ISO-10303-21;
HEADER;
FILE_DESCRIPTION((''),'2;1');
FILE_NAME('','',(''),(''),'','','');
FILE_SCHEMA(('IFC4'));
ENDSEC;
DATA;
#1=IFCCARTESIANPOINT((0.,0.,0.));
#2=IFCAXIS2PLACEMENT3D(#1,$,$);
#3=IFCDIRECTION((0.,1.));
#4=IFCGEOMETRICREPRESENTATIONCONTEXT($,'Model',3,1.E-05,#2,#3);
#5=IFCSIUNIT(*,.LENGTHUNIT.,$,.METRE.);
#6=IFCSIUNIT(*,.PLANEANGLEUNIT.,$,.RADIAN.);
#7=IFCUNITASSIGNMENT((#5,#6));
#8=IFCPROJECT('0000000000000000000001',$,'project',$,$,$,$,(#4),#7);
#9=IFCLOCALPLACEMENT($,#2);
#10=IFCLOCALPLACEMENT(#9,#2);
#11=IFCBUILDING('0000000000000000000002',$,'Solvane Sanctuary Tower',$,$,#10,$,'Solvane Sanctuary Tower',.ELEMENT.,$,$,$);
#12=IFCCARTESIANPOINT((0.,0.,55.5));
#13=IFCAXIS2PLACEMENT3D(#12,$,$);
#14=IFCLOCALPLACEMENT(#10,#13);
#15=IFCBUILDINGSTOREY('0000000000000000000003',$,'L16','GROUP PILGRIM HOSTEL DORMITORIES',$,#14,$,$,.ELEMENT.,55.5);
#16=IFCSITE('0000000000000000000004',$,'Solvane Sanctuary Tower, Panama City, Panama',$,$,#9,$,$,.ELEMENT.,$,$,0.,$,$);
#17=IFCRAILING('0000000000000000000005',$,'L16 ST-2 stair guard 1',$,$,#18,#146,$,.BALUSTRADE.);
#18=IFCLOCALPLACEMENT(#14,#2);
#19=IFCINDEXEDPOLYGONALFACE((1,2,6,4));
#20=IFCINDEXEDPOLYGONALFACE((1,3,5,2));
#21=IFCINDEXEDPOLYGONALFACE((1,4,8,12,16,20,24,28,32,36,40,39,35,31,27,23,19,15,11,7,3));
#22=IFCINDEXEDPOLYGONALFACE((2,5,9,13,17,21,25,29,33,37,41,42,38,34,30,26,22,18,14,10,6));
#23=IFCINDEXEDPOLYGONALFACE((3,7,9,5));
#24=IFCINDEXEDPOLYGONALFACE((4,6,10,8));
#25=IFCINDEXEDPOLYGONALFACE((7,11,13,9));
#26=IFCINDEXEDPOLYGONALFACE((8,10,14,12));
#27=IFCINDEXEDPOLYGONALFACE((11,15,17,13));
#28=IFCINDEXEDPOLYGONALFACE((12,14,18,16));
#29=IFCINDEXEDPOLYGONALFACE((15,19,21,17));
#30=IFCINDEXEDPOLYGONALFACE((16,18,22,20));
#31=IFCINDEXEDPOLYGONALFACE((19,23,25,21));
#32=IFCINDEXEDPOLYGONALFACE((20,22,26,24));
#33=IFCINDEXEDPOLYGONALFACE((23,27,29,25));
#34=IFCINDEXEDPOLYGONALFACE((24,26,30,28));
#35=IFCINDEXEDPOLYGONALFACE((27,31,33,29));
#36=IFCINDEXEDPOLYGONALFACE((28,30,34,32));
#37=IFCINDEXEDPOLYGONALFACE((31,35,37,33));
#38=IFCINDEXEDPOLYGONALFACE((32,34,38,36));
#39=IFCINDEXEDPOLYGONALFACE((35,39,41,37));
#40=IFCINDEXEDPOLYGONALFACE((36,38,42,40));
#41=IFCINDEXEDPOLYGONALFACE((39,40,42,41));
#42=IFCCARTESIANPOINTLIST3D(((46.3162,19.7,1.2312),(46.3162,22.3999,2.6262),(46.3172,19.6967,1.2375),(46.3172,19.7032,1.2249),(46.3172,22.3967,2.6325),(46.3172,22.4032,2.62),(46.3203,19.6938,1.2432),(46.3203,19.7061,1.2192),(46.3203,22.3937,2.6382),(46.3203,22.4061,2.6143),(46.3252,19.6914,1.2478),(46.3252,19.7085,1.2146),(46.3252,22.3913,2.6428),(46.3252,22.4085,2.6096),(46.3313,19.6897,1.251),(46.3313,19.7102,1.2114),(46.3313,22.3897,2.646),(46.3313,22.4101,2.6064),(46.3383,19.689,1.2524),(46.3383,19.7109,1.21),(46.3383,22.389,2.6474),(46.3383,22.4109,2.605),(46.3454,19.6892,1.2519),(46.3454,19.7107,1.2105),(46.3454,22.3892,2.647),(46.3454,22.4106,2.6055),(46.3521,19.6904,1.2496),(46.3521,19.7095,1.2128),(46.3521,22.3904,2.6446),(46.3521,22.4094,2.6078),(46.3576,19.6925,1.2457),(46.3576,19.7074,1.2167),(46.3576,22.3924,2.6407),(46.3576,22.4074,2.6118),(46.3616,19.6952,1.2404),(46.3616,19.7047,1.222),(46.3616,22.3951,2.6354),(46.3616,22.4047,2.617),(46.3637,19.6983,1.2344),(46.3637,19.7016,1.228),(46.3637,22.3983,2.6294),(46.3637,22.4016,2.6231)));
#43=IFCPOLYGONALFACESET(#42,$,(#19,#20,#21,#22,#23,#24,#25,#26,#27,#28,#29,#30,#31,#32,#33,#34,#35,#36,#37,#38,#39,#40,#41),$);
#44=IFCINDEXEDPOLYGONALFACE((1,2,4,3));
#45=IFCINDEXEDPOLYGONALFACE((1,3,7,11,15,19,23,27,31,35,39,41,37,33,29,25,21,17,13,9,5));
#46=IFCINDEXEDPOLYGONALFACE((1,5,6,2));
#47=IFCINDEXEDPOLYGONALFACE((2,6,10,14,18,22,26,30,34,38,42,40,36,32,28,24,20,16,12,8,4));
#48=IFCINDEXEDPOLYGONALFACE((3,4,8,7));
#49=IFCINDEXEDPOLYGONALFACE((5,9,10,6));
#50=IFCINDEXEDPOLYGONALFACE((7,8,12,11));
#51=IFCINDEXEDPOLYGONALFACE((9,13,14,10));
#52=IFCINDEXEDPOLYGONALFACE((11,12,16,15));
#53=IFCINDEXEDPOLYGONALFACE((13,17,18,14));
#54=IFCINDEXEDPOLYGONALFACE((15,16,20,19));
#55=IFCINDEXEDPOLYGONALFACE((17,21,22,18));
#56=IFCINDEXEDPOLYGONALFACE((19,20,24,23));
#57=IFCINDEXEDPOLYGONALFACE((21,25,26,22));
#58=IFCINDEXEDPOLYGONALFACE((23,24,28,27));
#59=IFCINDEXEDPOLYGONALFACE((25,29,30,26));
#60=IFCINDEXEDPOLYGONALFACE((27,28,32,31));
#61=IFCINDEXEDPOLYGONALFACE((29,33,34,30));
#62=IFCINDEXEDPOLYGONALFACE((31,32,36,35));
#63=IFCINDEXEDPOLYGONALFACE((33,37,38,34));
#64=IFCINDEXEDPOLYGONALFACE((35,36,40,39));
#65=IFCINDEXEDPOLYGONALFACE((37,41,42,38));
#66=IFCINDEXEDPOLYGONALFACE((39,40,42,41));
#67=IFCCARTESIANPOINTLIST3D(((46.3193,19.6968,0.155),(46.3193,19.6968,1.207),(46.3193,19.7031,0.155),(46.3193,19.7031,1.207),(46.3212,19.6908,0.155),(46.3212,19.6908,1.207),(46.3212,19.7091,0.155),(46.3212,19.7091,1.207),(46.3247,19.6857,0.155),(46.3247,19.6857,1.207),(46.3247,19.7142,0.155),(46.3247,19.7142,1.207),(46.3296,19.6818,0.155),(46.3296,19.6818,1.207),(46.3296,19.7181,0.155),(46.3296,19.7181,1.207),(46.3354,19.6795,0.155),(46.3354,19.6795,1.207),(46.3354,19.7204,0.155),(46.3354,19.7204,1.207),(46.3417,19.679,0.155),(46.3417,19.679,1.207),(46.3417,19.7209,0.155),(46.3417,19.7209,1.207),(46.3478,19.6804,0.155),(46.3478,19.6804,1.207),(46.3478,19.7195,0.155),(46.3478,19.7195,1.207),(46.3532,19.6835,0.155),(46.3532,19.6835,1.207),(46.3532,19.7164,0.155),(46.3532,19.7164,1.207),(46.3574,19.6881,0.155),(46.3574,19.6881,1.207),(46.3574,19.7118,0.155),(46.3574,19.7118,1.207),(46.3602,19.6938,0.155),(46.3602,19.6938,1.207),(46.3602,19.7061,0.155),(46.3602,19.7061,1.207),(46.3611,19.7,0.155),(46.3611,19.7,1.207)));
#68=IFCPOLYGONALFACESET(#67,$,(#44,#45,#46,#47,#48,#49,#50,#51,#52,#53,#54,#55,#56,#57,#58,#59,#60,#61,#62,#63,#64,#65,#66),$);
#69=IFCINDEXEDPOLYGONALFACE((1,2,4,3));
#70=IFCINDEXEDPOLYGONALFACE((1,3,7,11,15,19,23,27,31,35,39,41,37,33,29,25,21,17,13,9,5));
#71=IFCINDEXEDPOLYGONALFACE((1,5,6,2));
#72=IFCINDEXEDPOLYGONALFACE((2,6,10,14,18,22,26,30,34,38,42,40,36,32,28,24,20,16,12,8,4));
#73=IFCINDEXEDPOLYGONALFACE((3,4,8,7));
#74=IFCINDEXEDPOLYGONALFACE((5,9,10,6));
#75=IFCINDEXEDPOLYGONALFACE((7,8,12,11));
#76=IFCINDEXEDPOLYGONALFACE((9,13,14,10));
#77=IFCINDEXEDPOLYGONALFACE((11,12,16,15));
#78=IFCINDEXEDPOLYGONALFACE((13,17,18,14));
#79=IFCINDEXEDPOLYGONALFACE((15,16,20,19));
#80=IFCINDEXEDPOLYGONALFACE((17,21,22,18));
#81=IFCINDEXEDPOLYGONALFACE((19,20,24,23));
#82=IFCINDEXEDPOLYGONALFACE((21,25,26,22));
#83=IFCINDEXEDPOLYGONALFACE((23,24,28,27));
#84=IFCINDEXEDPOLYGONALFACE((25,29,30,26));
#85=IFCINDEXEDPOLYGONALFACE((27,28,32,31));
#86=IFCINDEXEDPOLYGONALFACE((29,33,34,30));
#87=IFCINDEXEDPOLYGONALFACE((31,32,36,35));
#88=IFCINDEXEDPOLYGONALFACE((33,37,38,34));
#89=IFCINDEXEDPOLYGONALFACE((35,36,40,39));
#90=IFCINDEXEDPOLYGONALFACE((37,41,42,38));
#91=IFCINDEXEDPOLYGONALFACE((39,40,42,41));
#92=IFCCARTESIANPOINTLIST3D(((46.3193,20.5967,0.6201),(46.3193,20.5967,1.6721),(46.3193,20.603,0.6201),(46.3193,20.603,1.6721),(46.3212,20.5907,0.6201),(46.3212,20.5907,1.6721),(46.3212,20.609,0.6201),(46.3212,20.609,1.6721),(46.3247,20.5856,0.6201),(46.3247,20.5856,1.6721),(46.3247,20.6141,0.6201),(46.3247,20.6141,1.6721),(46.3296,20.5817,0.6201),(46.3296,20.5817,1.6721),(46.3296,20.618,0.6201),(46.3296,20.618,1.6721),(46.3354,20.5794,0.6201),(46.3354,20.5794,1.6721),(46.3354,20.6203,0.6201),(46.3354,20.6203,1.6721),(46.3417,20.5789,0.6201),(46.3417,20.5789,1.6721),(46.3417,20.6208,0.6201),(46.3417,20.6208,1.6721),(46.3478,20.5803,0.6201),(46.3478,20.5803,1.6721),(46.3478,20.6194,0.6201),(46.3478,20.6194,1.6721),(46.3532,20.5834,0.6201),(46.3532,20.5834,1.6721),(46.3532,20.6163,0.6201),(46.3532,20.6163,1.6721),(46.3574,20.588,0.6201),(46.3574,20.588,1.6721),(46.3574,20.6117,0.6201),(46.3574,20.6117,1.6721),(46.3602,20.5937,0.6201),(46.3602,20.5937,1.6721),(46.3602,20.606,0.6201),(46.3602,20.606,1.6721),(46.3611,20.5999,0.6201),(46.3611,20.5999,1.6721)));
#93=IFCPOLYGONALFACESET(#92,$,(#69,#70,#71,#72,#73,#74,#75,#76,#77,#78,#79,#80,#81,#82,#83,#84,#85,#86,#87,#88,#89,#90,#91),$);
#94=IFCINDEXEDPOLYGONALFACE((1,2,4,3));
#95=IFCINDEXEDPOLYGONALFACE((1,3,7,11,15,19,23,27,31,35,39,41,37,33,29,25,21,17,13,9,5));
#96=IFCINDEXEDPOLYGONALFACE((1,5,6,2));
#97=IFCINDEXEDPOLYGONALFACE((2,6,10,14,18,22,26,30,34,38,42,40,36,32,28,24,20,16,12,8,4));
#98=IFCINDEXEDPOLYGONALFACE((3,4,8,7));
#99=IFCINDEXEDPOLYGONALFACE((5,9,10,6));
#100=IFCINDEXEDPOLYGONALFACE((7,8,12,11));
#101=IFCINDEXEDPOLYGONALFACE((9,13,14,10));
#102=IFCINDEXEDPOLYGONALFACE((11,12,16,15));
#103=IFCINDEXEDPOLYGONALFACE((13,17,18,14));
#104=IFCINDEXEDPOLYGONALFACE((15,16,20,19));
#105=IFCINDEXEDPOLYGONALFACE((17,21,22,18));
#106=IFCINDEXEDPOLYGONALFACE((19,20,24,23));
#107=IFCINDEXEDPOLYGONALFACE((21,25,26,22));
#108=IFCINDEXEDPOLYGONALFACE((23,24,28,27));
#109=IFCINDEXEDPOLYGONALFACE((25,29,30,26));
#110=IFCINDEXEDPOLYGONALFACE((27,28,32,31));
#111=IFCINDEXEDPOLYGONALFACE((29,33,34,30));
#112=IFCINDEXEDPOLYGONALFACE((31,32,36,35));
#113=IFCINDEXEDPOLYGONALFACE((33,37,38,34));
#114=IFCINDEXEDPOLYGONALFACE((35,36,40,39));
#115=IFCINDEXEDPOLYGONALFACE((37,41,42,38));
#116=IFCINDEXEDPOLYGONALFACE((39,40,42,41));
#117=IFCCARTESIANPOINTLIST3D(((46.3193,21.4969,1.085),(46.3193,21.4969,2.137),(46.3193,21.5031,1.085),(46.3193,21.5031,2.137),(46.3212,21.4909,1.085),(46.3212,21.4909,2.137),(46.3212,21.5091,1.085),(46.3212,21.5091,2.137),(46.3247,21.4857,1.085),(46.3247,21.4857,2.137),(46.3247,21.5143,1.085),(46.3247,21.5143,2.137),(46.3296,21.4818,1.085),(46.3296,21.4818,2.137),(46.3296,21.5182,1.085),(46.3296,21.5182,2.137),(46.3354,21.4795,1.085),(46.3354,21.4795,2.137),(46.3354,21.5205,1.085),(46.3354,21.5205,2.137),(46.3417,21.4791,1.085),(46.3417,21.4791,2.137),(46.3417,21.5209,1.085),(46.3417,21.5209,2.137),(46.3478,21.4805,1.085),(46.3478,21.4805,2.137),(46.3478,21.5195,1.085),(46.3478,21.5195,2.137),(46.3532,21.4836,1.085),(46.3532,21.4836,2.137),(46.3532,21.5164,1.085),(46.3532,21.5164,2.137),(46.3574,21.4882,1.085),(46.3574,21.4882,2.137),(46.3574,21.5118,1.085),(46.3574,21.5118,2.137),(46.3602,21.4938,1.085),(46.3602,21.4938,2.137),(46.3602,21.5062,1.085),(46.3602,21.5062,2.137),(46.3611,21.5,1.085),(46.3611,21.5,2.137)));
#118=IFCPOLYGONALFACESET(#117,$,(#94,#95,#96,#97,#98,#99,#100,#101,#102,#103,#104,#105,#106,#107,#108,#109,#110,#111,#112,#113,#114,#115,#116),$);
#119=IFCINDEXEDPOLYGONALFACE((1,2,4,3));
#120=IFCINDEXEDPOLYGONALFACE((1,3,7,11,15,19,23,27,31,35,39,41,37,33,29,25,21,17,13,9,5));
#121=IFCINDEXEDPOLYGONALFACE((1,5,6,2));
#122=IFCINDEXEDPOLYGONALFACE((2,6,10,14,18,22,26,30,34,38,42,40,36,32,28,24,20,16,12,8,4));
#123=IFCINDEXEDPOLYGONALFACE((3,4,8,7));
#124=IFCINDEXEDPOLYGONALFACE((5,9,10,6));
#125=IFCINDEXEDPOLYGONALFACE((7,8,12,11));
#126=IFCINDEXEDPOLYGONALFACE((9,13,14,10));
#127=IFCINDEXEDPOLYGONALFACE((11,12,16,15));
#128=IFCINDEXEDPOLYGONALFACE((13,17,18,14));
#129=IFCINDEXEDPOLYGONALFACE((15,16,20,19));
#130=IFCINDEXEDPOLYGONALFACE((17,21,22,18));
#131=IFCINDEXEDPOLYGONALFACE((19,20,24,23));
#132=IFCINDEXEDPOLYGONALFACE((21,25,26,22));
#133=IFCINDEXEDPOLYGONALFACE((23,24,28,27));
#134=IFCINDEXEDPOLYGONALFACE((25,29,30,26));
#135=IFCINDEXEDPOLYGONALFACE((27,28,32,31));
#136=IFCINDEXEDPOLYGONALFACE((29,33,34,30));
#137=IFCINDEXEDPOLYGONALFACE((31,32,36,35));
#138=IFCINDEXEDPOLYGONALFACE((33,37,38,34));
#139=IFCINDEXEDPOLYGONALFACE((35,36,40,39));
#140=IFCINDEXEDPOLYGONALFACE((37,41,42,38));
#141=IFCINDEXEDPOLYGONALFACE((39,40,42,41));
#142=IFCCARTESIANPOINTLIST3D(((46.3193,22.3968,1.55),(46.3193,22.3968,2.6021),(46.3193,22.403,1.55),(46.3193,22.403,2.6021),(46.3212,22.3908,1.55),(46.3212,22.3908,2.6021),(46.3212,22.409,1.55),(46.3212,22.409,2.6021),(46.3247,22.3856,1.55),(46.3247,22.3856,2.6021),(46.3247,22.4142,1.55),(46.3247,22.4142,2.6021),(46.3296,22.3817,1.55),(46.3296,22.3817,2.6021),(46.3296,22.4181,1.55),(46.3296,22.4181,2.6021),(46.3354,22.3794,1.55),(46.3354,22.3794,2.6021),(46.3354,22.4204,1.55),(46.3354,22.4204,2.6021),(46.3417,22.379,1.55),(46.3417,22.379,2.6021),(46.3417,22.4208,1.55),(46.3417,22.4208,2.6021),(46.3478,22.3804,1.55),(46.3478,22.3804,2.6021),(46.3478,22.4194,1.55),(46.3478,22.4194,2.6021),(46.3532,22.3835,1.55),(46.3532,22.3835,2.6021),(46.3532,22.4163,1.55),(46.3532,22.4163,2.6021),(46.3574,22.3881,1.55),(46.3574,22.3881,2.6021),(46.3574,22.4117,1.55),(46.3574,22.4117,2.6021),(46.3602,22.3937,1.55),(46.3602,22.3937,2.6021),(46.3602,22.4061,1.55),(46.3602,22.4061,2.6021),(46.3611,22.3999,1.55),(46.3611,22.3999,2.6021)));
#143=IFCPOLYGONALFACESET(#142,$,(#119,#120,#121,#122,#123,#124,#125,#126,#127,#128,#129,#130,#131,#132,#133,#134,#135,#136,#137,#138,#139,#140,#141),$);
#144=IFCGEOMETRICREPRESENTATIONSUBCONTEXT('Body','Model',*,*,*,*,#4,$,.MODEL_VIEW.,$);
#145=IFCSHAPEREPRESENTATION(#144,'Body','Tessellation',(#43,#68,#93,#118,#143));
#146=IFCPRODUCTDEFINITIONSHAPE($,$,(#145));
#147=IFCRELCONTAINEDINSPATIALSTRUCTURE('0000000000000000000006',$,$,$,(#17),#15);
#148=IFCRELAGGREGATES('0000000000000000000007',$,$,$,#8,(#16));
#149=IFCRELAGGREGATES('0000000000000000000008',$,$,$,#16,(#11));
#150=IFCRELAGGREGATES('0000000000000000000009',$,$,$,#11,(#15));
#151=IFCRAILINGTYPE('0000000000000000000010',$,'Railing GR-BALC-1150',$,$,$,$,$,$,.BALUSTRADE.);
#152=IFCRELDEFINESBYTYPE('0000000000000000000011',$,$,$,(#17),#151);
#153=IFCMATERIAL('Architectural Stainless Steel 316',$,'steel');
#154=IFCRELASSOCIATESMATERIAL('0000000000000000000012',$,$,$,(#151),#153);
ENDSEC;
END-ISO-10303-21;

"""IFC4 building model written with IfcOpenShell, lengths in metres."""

from ifc_helpers import new_model, si_unit, direction, frame, origin, origin_2d, place, context, subcontext, project, spatial, circle, extrude, material, type_object, element, save


model = new_model("IFC4")

# Units and contexts
model_context = context("Model", 3, precision=1e-05, world=origin(), true_north=direction((0.0, 1.0)))
body_context = subcontext(model_context, "Body", "Model", "MODEL_VIEW")
ifc_project = project(units=[si_unit("LENGTHUNIT", "METRE"), si_unit("PLANEANGLEUNIT", "RADIAN")], contexts=[model_context])

# Site, building, storey
site_placement = place(None, origin())
site = spatial("IfcSite", under=ifc_project, at=site_placement, Name="Solvane Sanctuary Tower, Panama City, Panama", CompositionType="ELEMENT", RefElevation=0.0)
building_placement = place(site_placement, origin())
building = spatial("IfcBuilding", under=site, at=building_placement, Name="Solvane Sanctuary Tower", LongName="Solvane Sanctuary Tower", CompositionType="ELEMENT")
storey_placement = place(building_placement, frame((0.0, 0.0, 55.5)))
storey = spatial("IfcBuildingStorey", under=building, at=storey_placement, Name="L16", Description="GROUP PILGRIM HOSTEL DORMITORIES", CompositionType="ELEMENT", Elevation=55.5)

# Shared definitions
ifc_material_1 = material(Name="Architectural Stainless Steel 316", Category="steel")

# Railing
railing_type_1 = type_object("IfcRailingType", Name="Railing GR-BALC-1150", PredefinedType="BALUSTRADE", material=ifc_material_1)
railing_1_placement = place(storey_placement, frame((46.3401, 19.7, 0.155)))
element("IfcRailing", 1, at=railing_1_placement, inside=storey, type_object=railing_type_1, Name="L16 ST-2 stair guard 1", PredefinedType="BALUSTRADE", context=body_context, shape_type="SweptSolid", body=[
    extrude(circle(Radius=0.0239, at=origin_2d()), frame((0.0, 0.0, 1.0762), z_axis=(0.0, 0.88842, 0.459032), x_axis=(-1.0, 0.0, 0.0)), (0.0, 0.0, 1.0), 3.0391),
    extrude(circle(Radius=0.021, at=origin_2d()), origin(), (0.0, 0.0, 1.0), 1.052),
    extrude(circle(Radius=0.021, at=origin_2d()), frame((0.0, 0.8999, 0.4651)), (0.0, 0.0, 1.0), 1.052),
    extrude(circle(Radius=0.021, at=origin_2d()), frame((0.0, 1.8, 0.9299)), (0.0, 0.0, 1.0), 1.052),
    extrude(circle(Radius=0.021, at=origin_2d()), frame((0.0, 2.7, 1.395)), (0.0, 0.0, 1.0), 1.052),
])

save(model, "model.ifc")
